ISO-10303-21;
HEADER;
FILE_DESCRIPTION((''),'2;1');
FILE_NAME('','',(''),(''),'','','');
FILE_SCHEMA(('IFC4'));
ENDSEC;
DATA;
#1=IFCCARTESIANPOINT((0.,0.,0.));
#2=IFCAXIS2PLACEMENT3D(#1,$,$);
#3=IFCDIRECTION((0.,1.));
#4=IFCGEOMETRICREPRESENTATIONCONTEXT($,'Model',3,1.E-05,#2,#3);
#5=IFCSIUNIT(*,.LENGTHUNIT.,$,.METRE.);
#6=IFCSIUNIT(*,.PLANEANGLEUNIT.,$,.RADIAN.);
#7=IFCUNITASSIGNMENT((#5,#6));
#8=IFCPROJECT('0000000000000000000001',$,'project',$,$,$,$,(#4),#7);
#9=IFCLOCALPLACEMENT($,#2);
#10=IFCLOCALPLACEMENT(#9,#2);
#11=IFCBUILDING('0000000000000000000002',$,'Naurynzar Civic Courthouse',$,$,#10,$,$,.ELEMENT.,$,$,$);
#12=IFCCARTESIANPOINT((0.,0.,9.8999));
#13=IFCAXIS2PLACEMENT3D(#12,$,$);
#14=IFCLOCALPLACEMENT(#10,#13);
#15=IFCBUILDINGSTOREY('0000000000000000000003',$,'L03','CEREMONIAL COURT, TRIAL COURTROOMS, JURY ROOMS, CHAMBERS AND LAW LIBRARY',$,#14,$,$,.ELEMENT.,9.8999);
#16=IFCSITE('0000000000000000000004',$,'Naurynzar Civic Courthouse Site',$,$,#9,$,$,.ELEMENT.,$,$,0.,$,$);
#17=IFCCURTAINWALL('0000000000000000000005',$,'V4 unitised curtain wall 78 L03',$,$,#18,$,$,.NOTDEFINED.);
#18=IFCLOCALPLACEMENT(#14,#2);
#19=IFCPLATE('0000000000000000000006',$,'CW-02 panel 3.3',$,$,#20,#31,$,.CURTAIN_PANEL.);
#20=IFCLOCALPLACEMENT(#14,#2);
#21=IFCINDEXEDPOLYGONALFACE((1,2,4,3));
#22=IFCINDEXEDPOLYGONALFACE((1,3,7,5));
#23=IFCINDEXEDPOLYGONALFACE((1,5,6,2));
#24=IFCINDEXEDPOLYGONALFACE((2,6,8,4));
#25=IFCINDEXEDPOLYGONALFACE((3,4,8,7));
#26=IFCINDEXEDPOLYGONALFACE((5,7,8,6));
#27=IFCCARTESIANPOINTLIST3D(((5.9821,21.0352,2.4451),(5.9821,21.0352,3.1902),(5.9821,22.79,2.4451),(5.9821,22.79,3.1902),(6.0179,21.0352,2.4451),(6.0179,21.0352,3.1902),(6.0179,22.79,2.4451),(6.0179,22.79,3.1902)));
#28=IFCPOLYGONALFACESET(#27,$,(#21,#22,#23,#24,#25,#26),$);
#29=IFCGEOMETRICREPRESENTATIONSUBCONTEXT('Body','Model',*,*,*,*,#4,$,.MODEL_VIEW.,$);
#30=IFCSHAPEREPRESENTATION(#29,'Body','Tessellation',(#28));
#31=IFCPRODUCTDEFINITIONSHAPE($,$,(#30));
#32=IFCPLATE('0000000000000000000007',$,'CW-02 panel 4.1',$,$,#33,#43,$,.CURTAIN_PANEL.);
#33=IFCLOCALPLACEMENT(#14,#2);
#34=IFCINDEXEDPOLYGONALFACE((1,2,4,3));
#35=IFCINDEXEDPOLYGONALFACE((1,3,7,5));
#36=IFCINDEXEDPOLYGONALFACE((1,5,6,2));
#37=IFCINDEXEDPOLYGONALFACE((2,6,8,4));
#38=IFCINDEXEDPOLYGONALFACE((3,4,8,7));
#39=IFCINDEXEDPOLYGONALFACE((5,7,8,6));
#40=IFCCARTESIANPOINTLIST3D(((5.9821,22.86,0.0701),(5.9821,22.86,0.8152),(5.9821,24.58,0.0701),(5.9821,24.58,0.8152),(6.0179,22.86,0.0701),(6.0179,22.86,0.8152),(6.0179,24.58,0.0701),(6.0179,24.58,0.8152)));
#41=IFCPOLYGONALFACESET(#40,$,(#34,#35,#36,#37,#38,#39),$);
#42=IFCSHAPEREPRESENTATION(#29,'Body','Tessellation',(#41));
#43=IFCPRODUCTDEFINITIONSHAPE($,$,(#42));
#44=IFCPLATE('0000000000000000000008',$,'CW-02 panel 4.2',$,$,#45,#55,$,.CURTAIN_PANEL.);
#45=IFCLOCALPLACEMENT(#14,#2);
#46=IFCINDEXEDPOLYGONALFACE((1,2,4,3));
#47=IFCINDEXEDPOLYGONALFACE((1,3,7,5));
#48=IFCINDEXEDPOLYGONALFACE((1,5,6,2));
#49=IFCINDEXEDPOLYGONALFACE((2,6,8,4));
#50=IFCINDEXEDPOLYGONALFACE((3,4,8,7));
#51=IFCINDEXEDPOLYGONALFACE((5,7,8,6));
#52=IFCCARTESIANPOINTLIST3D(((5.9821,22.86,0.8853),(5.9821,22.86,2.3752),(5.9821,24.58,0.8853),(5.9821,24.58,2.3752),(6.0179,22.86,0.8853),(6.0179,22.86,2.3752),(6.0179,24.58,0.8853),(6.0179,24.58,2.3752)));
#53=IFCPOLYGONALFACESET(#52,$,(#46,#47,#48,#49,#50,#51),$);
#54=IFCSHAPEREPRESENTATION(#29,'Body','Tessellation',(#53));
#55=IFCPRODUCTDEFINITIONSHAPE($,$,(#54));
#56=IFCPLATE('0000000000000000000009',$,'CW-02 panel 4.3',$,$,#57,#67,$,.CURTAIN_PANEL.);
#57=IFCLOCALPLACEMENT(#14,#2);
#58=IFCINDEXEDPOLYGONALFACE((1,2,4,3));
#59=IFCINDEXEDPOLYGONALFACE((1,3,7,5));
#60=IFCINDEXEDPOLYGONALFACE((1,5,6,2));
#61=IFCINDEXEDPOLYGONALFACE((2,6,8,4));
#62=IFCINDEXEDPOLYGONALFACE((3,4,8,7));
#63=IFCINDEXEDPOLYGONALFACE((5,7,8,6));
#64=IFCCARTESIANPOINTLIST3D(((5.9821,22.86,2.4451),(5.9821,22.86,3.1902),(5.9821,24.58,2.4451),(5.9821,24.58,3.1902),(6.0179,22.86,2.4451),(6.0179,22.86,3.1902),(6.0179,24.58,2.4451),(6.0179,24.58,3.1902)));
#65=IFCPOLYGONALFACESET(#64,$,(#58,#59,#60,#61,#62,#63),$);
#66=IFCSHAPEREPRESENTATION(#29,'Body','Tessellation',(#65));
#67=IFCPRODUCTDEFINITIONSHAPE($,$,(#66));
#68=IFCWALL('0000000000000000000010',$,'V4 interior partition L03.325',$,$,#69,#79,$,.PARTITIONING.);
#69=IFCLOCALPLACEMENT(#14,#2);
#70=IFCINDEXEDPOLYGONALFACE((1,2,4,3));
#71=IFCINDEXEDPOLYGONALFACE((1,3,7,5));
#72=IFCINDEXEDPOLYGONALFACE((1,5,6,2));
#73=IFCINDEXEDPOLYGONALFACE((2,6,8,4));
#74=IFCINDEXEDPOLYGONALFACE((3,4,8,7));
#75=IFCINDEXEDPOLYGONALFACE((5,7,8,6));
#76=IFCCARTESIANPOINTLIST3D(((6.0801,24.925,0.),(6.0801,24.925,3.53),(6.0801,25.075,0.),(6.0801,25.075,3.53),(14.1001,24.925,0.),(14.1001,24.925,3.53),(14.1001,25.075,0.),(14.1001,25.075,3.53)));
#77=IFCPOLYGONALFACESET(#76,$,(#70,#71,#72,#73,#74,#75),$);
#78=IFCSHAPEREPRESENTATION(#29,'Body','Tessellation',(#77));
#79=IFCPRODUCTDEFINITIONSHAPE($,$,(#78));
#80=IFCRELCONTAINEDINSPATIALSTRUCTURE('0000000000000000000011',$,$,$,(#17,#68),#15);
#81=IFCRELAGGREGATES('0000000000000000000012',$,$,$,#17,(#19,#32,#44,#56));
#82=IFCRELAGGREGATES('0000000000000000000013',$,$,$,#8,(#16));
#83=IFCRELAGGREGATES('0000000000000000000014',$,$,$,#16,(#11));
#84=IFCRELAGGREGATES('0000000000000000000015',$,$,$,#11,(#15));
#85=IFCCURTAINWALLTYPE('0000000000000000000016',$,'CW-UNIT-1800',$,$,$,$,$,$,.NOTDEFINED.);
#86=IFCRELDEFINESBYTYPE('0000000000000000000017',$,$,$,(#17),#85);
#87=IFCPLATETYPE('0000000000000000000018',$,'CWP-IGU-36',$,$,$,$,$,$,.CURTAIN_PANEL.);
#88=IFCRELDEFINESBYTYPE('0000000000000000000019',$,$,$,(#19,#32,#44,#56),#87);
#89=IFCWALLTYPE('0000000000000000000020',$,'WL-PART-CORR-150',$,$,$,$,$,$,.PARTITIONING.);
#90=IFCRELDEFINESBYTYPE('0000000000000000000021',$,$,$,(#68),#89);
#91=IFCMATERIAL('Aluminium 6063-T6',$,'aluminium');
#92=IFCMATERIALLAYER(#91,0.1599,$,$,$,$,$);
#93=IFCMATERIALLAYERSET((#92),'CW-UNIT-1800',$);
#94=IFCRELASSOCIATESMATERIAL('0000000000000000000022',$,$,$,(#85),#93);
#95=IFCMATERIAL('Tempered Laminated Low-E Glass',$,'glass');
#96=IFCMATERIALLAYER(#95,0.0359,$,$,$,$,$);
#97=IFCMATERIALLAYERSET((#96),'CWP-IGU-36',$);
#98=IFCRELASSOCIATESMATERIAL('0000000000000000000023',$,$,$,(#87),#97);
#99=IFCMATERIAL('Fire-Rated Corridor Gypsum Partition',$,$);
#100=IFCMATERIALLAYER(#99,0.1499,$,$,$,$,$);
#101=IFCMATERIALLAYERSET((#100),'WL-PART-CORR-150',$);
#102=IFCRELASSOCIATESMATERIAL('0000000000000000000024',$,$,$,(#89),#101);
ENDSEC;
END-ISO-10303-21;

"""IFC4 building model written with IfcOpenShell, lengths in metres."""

from ifc_helpers import new_model, si_unit, direction, frame, frame_2d, origin, origin_2d, place, context, subcontext, project, spatial, rectangle, extrude, material, layer, layer_set, type_object, element, aggregate, save


model = new_model("IFC4")

# Units and contexts
model_context = context("Model", 3, precision=1e-05, world=origin(), true_north=direction((0.0, 1.0)))
body_context = subcontext(model_context, "Body", "Model", "MODEL_VIEW")
ifc_project = project(units=[si_unit("LENGTHUNIT", "METRE"), si_unit("PLANEANGLEUNIT", "RADIAN")], contexts=[model_context])

# Site, building, storey
site_placement = place(None, origin())
site = spatial("IfcSite", under=ifc_project, at=site_placement, Name="Naurynzar Civic Courthouse Site", CompositionType="ELEMENT", RefElevation=0.0)
building_placement = place(site_placement, origin())
building = spatial("IfcBuilding", under=site, at=building_placement, Name="Naurynzar Civic Courthouse", CompositionType="ELEMENT")
storey_placement = place(building_placement, frame((0.0, 0.0, 9.8999)))
storey = spatial("IfcBuildingStorey", under=building, at=storey_placement, Name="L03", Description="CEREMONIAL COURT, TRIAL COURTROOMS, JURY ROOMS, CHAMBERS AND LAW LIBRARY", CompositionType="ELEMENT", Elevation=9.8999)

# Curtain wall, plates
ifc_material_1 = material(Name="Aluminium 6063-T6", Category="aluminium")
ifc_layer_1 = layer(ifc_material_1, 0.1599)
ifc_layer_set_1 = layer_set([ifc_layer_1], Name="CW-UNIT-1800")
curtain_wall_type = type_object("IfcCurtainWallType", Name="CW-UNIT-1800", PredefinedType="NOTDEFINED", material=ifc_layer_set_1)
curtain_wall_placement = place(storey_placement, origin())
curtain_wall = element("IfcCurtainWall", 1, at=curtain_wall_placement, inside=storey, type_object=curtain_wall_type, Name="V4 unitised curtain wall 78 L03", PredefinedType="NOTDEFINED")
ifc_material_2 = material(Name="Tempered Laminated Low-E Glass", Category="glass")
ifc_layer_2 = layer(ifc_material_2, 0.0359)
ifc_layer_set_2 = layer_set([ifc_layer_2], Name="CWP-IGU-36")
plate_type = type_object("IfcPlateType", Name="CWP-IGU-36", PredefinedType="CURTAIN_PANEL", material=ifc_layer_set_2)
plate_1_placement = place(storey_placement, frame((6.0, 21.9126, 2.4451), z_axis=(0.0, 0.0, 1.0), x_axis=(0.0, 1.0, 0.0)))
plate_1 = element("IfcPlate", 2, at=plate_1_placement, type_object=plate_type, Name="CW-02 panel 3.3", PredefinedType="CURTAIN_PANEL", context=body_context, shape_type="SweptSolid", body=[
    extrude(rectangle(XDim=1.7549, YDim=0.0359, at=origin_2d()), origin(), (0.0, 0.0, 1.0), 0.7451),
])
plate_2_placement = place(storey_placement, frame((6.0, 23.72, 0.0701), z_axis=(0.0, 0.0, 1.0), x_axis=(0.0, 1.0, 0.0)))
plate_2 = element("IfcPlate", 3, at=plate_2_placement, type_object=plate_type, Name="CW-02 panel 4.1", PredefinedType="CURTAIN_PANEL", context=body_context, shape_type="SweptSolid", body=[
    extrude(rectangle(XDim=1.72, YDim=0.0359, at=origin_2d()), origin(), (0.0, 0.0, 1.0), 0.7451),
])
plate_3_placement = place(storey_placement, frame((6.0, 23.72, 0.8853), z_axis=(0.0, 0.0, 1.0), x_axis=(0.0, 1.0, 0.0)))
plate_3 = element("IfcPlate", 4, at=plate_3_placement, type_object=plate_type, Name="CW-02 panel 4.2", PredefinedType="CURTAIN_PANEL", context=body_context, shape_type="SweptSolid", body=[
    extrude(rectangle(XDim=1.72, YDim=0.0359, at=origin_2d()), origin(), (0.0, 0.0, 1.0), 1.49),
])
plate_4_placement = place(storey_placement, frame((6.0, 23.72, 2.4451), z_axis=(0.0, 0.0, 1.0), x_axis=(0.0, 1.0, 0.0)))
plate_4 = element("IfcPlate", 5, at=plate_4_placement, type_object=plate_type, Name="CW-02 panel 4.3", PredefinedType="CURTAIN_PANEL", context=body_context, shape_type="SweptSolid", body=[
    extrude(rectangle(XDim=1.72, YDim=0.0359, at=origin_2d()), origin(), (0.0, 0.0, 1.0), 0.7451),
])
aggregate(curtain_wall, [plate_1, plate_2, plate_3, plate_4])

# Wall
ifc_material_3 = material(Name="Fire-Rated Corridor Gypsum Partition")
ifc_layer_3 = layer(ifc_material_3, 0.1499)
ifc_layer_set_3 = layer_set([ifc_layer_3], Name="WL-PART-CORR-150")
wall_type = type_object("IfcWallType", Name="WL-PART-CORR-150", PredefinedType="PARTITIONING", material=ifc_layer_set_3)
wall_placement = place(storey_placement, frame((6.0801, 25.0, 0.0), z_axis=(0.0, 0.0, 1.0), x_axis=(1.0, 0.0, 0.0)))
element("IfcWall", 6, at=wall_placement, inside=storey, type_object=wall_type, Name="V4 interior partition L03.325", PredefinedType="PARTITIONING", context=body_context, shape_type="SweptSolid", body=[
    extrude(rectangle(XDim=8.02, YDim=0.1499, at=frame_2d((4.01, 0.0))), origin(), (0.0, 0.0, 1.0), 3.53),
])

save(model, "model.ifc")
